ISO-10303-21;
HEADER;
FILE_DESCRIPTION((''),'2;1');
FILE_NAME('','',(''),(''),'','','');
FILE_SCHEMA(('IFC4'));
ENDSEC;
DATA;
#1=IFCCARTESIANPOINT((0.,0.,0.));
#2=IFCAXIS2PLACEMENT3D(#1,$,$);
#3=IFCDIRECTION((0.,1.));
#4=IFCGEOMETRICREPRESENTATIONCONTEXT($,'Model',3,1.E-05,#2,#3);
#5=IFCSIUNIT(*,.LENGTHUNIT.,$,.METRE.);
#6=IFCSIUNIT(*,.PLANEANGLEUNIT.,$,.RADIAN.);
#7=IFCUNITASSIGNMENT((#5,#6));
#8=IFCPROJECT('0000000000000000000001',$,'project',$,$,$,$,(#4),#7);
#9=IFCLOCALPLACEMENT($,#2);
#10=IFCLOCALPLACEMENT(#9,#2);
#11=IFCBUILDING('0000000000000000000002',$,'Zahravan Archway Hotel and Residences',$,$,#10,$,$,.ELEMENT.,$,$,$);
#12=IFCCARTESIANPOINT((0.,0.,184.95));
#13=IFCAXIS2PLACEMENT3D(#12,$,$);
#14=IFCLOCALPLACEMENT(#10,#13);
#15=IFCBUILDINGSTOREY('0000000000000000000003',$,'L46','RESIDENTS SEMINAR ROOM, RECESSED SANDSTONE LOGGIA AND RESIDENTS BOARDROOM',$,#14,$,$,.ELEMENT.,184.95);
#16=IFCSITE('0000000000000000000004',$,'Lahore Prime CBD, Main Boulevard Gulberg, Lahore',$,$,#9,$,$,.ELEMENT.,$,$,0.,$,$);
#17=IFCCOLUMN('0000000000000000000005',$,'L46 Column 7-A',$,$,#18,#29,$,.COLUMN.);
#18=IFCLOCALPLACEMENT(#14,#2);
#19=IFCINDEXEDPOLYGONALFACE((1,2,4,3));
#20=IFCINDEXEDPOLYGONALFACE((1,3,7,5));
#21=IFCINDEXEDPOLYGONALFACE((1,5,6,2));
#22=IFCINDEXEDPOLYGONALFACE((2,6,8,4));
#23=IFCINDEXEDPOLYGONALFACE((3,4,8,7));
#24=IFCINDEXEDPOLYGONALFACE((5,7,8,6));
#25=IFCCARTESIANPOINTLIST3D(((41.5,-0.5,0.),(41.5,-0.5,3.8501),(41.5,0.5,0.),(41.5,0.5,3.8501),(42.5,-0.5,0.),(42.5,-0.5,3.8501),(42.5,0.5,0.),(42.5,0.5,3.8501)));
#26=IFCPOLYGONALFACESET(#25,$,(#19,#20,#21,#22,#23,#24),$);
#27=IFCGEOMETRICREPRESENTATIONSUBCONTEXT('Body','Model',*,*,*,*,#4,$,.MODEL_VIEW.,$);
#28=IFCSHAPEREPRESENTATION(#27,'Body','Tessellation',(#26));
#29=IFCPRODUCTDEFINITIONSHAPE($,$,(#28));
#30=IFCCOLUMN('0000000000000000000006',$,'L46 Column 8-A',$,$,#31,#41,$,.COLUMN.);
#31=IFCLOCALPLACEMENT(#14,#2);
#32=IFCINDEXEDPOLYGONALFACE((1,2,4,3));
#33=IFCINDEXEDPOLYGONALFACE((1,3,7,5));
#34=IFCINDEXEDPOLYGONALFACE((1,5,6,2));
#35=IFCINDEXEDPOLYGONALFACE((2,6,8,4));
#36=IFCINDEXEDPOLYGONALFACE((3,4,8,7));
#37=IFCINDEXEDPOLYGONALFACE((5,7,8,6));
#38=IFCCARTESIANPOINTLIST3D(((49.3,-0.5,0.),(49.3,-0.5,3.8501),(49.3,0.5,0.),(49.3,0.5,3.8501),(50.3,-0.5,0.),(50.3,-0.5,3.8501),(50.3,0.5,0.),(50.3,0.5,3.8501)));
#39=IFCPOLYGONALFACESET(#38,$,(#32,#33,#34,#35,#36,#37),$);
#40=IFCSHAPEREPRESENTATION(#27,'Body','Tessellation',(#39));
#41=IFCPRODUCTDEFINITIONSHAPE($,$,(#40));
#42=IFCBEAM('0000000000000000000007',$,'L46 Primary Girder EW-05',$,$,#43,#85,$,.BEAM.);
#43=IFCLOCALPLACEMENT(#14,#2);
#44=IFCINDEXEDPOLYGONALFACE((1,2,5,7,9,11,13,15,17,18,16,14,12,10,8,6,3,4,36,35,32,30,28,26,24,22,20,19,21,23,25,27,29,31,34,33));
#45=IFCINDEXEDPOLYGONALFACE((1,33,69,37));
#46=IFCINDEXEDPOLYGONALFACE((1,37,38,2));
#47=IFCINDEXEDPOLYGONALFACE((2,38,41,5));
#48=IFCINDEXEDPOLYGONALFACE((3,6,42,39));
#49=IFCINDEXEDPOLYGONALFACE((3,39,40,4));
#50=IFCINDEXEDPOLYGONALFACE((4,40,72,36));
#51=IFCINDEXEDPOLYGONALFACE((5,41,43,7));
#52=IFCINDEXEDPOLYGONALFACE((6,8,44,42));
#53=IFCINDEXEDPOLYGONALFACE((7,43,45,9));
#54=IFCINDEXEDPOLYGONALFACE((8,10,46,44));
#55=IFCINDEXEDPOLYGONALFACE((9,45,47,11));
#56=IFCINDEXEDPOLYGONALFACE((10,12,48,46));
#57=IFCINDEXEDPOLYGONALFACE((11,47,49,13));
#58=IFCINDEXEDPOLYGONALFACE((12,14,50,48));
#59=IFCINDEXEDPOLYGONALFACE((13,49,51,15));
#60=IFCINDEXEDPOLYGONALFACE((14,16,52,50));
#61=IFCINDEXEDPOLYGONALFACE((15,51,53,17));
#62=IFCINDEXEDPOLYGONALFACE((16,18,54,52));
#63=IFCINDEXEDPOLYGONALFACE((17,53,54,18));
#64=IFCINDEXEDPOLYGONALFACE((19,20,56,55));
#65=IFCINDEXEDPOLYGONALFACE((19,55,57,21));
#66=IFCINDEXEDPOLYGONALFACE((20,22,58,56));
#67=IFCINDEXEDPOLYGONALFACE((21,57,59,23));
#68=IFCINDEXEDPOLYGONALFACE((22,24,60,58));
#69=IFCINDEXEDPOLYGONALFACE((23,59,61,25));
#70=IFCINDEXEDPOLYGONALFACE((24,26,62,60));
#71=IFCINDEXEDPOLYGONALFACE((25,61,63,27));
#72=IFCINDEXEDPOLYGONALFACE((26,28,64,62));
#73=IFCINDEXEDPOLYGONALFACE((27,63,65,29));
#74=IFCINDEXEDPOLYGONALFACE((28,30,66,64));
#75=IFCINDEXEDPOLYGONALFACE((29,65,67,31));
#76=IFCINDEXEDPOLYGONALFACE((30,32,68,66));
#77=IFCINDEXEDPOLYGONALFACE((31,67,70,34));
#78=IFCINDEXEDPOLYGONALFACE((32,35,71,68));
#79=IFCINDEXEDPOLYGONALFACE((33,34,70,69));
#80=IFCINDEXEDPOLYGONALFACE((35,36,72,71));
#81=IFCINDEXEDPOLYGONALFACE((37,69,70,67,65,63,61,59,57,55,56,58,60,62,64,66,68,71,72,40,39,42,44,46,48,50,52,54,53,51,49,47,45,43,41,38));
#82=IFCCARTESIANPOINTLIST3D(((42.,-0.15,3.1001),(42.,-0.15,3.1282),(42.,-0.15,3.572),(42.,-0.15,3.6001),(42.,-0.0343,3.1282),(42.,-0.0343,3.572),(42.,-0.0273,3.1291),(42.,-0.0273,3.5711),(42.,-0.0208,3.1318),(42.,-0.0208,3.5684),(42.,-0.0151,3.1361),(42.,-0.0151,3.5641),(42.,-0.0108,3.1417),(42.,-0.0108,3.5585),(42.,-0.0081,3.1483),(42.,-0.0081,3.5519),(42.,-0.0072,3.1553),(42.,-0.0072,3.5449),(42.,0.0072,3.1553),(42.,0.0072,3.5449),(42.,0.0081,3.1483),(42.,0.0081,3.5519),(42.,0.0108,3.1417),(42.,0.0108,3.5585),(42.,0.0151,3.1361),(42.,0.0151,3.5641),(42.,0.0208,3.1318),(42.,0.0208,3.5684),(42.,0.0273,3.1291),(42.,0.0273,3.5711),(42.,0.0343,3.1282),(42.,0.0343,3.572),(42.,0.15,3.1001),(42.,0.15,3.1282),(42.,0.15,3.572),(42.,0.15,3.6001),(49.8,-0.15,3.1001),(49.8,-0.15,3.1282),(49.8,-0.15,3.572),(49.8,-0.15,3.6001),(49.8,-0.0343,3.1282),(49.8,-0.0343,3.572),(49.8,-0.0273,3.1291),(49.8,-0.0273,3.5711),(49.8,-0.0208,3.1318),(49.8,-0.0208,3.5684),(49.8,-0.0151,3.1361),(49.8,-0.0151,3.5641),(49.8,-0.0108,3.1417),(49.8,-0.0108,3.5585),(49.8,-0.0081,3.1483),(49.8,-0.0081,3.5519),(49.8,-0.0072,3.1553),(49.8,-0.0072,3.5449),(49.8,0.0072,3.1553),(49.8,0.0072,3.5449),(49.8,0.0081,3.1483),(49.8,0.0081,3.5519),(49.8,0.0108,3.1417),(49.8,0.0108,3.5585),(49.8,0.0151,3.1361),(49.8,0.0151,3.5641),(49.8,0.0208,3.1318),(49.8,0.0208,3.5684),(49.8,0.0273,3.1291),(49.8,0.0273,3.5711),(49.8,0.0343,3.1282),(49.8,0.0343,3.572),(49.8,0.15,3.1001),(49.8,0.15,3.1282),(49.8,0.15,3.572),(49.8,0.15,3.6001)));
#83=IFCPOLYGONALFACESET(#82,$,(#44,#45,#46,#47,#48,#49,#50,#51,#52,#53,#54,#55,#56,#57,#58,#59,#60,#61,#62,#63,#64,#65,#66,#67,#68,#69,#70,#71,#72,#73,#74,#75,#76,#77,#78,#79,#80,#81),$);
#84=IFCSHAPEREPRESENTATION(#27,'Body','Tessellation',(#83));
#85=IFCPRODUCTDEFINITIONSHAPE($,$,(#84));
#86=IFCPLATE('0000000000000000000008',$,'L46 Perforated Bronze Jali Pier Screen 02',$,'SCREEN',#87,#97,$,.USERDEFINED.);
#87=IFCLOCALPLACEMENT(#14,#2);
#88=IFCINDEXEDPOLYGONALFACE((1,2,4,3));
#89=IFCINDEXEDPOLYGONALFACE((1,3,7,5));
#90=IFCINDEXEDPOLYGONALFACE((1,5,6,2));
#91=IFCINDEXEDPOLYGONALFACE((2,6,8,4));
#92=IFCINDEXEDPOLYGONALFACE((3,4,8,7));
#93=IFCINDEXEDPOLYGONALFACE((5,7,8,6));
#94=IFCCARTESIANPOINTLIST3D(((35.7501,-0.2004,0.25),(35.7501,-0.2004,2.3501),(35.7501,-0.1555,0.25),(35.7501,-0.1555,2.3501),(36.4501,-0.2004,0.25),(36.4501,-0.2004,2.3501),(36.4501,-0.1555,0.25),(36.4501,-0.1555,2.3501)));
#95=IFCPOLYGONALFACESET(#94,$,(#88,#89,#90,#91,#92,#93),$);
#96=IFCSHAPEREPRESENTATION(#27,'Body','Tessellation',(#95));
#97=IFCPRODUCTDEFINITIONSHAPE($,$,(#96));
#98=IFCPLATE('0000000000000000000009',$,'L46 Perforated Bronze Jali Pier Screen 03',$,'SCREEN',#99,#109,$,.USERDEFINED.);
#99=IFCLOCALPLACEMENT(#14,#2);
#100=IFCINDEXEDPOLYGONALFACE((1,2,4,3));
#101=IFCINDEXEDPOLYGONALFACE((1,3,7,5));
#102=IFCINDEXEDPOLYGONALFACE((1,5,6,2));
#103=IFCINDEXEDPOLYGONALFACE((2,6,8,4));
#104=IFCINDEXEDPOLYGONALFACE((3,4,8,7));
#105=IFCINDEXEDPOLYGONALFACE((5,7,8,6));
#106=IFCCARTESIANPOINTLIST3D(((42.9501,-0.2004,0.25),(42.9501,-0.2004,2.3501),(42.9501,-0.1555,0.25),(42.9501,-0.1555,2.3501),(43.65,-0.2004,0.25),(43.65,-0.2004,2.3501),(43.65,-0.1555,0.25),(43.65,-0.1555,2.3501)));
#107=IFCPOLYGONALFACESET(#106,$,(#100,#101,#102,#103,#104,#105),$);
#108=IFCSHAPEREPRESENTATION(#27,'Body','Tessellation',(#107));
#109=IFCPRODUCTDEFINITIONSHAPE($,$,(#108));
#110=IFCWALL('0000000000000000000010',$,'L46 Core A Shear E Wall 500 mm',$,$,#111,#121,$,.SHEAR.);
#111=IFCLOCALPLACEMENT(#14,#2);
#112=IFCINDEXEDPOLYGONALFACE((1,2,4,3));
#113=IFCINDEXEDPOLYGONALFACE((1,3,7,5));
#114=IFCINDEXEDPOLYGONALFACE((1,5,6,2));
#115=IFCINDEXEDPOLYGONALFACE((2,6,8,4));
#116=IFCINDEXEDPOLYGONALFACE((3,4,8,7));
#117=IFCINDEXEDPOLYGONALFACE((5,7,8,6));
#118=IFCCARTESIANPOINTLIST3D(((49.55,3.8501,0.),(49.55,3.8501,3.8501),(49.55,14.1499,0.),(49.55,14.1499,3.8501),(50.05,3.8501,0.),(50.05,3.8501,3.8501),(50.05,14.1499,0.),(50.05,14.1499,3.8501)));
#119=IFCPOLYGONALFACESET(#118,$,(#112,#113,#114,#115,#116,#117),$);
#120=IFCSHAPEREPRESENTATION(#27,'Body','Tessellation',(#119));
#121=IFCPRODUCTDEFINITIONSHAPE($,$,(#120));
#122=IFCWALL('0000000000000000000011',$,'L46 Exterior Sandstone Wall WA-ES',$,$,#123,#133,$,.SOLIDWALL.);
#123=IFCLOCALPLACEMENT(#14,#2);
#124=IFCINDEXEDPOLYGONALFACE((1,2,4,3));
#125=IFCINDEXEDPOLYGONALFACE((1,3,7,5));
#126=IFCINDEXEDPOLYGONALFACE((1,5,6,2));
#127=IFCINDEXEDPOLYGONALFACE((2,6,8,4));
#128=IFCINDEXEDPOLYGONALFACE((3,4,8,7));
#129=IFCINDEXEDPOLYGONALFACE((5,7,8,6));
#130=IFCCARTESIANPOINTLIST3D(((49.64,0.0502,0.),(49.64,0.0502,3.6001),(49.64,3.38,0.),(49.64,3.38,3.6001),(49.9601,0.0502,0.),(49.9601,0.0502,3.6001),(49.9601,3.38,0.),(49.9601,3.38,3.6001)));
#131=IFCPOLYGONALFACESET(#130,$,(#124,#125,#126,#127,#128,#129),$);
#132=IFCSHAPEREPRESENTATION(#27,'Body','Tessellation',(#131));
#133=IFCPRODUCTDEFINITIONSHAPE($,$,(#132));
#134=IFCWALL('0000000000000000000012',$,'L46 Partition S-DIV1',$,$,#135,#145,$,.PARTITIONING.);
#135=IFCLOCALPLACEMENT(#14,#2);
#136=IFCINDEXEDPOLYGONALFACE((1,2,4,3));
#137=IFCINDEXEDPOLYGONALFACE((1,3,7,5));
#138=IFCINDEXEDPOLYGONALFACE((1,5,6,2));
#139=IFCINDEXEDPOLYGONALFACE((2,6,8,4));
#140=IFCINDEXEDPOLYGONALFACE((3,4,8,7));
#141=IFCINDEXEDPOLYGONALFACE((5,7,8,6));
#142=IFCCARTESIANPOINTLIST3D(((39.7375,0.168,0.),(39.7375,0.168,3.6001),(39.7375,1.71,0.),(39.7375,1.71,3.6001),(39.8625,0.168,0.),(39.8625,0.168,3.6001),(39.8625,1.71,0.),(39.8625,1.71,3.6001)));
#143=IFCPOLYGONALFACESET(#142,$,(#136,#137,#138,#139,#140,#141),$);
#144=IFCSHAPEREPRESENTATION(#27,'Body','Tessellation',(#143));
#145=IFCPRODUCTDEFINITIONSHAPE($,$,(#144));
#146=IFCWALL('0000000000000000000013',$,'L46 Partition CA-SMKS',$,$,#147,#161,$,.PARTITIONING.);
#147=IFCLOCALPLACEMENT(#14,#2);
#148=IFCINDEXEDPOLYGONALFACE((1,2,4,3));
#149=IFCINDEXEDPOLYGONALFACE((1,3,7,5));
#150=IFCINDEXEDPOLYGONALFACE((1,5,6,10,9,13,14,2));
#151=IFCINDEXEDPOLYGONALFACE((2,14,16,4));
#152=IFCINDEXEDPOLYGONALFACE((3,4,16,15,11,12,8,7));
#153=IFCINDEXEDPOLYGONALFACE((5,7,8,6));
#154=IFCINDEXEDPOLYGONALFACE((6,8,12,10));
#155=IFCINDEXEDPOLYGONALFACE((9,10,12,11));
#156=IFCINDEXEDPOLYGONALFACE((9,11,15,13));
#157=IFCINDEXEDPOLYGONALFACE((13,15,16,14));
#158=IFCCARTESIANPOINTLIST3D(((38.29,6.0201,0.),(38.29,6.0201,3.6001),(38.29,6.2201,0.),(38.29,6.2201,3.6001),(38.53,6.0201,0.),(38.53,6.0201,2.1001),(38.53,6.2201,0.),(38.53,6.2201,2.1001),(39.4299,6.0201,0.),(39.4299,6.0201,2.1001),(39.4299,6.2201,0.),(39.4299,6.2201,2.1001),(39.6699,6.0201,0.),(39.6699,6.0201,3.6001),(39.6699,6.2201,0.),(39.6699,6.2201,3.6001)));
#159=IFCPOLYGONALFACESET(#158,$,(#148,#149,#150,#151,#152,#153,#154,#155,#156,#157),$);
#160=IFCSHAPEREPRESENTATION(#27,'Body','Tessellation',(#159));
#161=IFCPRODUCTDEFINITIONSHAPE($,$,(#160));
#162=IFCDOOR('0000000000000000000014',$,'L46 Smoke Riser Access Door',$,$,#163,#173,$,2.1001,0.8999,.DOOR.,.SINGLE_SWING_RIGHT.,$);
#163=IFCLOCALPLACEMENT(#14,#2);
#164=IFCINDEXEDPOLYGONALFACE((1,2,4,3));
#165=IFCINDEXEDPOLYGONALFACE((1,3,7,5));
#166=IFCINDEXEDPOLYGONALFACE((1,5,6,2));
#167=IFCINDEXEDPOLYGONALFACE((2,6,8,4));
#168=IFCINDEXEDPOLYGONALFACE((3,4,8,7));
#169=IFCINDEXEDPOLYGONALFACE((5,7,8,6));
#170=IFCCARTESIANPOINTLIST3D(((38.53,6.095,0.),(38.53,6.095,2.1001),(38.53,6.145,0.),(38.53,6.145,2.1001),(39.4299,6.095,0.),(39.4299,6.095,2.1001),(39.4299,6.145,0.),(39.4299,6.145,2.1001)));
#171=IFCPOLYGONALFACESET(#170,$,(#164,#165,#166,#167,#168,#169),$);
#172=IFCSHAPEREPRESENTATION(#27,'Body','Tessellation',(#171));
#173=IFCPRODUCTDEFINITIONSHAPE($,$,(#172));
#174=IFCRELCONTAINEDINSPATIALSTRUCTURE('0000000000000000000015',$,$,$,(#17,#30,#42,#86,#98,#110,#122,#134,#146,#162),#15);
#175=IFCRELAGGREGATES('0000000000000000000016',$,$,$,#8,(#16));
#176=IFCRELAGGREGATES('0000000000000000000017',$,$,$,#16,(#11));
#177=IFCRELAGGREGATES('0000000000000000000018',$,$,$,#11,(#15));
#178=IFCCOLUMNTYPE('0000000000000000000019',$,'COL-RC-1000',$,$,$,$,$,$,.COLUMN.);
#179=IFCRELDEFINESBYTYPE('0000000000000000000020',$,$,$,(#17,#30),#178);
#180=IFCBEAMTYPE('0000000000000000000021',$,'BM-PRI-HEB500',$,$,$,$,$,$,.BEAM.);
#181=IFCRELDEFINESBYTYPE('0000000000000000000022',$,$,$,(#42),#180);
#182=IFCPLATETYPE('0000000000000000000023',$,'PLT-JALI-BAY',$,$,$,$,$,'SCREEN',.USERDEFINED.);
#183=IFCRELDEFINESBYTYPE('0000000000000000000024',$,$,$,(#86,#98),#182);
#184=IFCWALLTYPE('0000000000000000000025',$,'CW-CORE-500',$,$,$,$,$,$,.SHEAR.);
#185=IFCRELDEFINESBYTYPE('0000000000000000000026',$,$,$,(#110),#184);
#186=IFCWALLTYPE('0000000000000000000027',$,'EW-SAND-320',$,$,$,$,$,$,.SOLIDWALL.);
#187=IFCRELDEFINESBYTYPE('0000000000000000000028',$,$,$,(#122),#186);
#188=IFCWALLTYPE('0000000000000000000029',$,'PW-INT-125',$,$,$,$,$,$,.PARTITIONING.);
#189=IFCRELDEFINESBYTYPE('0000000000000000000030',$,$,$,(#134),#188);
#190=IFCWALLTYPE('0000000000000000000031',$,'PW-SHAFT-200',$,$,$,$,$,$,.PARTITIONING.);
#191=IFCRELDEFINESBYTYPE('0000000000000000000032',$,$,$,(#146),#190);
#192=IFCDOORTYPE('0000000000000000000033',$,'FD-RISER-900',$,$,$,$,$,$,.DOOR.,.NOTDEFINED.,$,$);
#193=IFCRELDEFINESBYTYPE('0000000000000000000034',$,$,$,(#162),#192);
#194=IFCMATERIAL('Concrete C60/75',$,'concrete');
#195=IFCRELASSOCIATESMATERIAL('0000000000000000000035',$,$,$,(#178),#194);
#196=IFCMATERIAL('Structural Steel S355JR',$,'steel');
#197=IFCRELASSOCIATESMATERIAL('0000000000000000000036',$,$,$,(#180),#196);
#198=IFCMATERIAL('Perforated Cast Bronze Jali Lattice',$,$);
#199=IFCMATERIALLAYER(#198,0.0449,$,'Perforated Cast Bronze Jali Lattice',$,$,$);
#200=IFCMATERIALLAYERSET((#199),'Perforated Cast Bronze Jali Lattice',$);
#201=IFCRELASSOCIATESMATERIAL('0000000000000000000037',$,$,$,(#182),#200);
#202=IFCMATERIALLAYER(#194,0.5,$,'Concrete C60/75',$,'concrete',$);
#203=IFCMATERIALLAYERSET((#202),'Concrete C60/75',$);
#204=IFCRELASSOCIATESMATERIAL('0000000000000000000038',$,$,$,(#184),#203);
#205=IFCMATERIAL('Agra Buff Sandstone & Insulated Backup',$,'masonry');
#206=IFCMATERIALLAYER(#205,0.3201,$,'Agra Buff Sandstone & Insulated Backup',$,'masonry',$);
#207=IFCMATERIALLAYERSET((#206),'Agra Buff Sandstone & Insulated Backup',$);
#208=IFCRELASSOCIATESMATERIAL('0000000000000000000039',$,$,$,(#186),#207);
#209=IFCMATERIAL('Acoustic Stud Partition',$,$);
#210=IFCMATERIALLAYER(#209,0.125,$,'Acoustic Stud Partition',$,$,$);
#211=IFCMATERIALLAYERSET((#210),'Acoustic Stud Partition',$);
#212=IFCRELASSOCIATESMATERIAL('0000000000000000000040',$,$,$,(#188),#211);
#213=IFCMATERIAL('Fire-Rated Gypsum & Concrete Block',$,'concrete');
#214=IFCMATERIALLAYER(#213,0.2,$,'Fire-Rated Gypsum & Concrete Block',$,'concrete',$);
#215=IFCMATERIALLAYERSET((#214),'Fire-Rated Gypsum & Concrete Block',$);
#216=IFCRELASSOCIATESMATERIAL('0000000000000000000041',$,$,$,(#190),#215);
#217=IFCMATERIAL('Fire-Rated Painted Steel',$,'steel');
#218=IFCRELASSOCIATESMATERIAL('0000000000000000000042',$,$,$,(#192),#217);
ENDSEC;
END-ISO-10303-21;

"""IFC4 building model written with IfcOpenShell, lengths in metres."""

from ifc_helpers import new_model, si_unit, direction, frame, frame_2d, origin, origin_2d, place, context, subcontext, project, spatial, rectangle, i_section, extrude, source, transform, mapped, material, layer, layer_set, material_profile, profile_set, type_object, type_shapes, element, fill, save


model = new_model("IFC4")

# Units and contexts
model_context = context("Model", 3, precision=1e-05, world=origin(), true_north=direction((0.0, 1.0)))
body_context = subcontext(model_context, "Body", "Model", "MODEL_VIEW")
ifc_project = project(units=[si_unit("LENGTHUNIT", "METRE"), si_unit("PLANEANGLEUNIT", "RADIAN")], contexts=[model_context])

# Site, building, storey
site_placement = place(None, origin())
site = spatial("IfcSite", under=ifc_project, at=site_placement, Name="Lahore Prime CBD, Main Boulevard Gulberg, Lahore", CompositionType="ELEMENT", RefElevation=0.0)
building_placement = place(site_placement, origin())
building = spatial("IfcBuilding", under=site, at=building_placement, Name="Zahravan Archway Hotel and Residences", CompositionType="ELEMENT")
storey_placement = place(building_placement, frame((0.0, 0.0, 184.95)))
storey = spatial("IfcBuildingStorey", under=building, at=storey_placement, Name="L46", Description="RESIDENTS SEMINAR ROOM, RECESSED SANDSTONE LOGGIA AND RESIDENTS BOARDROOM", CompositionType="ELEMENT", Elevation=184.95)

# Columns
ifc_material_1 = material(Name="Concrete C60/75", Category="concrete")
ifc_material_profile_1 = material_profile(ifc_material_1, rectangle(XDim=1.0, YDim=1.0, at=origin_2d()), Name="RC-COL-1000x1000", Category="concrete")
ifc_profile_set_1 = profile_set([ifc_material_profile_1], Name="Concrete C60/75")
column_type = type_object("IfcColumnType", Name="COL-RC-1000", PredefinedType="COLUMN", material=ifc_profile_set_1)
shared_shape_1 = source(origin(), body_context, "Body", "SweptSolid", [
    extrude(rectangle(XDim=1.0, YDim=1.0, at=origin_2d()), origin(), (0.0, 0.0, 1.0), 3.8501),
])
for number, where, z_axis, x_axis, name in (
    (1, (42.0, 0.0, 0.0), (0.0, 0.0, 1.0), (1.0, 0.0, 0.0), "L46 Column 7-A"),
    (2, (49.8, 0.0, 0.0), (0.0, 0.0, 1.0), (1.0, 0.0, 0.0), "L46 Column 8-A"),
):
    element("IfcColumn", number, at=place(storey_placement, frame(where, z_axis=z_axis, x_axis=x_axis)), inside=storey, type_object=column_type, Name=name, PredefinedType="COLUMN", context=body_context, shape_type="MappedRepresentation", body=[
        mapped(shared_shape_1, transform((0.0, 0.0, 0.0), scale=1.0)),
    ])

# Beam
ifc_material_2 = material(Name="Structural Steel S355JR", Category="steel")
ifc_material_profile_2 = material_profile(ifc_material_2, i_section(OverallWidth=0.3, OverallDepth=0.5, WebThickness=0.0144, FlangeThickness=0.0281, FilletRadius=0.0271, at=origin_2d()), Name="HEB 500", Category="steel")
ifc_profile_set_2 = profile_set([ifc_material_profile_2], Name="Structural Steel S355JR")
beam_type = type_object("IfcBeamType", Name="BM-PRI-HEB500", PredefinedType="BEAM", material=ifc_profile_set_2)
shared_shape_2 = source(origin(), body_context, "Body", "SweptSolid", [
    extrude(i_section(OverallWidth=0.3, OverallDepth=0.5, WebThickness=0.0144, FlangeThickness=0.0281, FilletRadius=0.0271, at=origin_2d()), origin(), (0.0, 0.0, 1.0), 7.8),
])
beam_placement = place(storey_placement, frame((42.0, 0.0, 3.3501), z_axis=(1.0, 0.0, 0.0), x_axis=(0.0, 1.0, 0.0)))
element("IfcBeam", 3, at=beam_placement, inside=storey, type_object=beam_type, Name="L46 Primary Girder EW-05", PredefinedType="BEAM", context=body_context, shape_type="MappedRepresentation", body=[
    mapped(shared_shape_2, transform((0.0, 0.0, 0.0), scale=1.0)),
])

# Plates
ifc_material_3 = material(Name="Perforated Cast Bronze Jali Lattice")
ifc_layer_1 = layer(ifc_material_3, 0.0449, Name="Perforated Cast Bronze Jali Lattice")
ifc_layer_set_1 = layer_set([ifc_layer_1], Name="Perforated Cast Bronze Jali Lattice")
plate_type = type_object("IfcPlateType", Name="PLT-JALI-BAY", ElementType="SCREEN", PredefinedType="USERDEFINED", material=ifc_layer_set_1)
shared_shape_3 = source(origin(), body_context, "Body", "SweptSolid", [
    extrude(rectangle(XDim=0.7, YDim=0.0449, at=origin_2d()), origin(), (0.0, 0.0, 1.0), 2.1001),
])
type_shapes(plate_type, [shared_shape_3])
for number, where, z_axis, x_axis, name in (
    (4, (36.1001, -0.178, 0.25), (0.0, 0.0, 1.0), (1.0, 0.0, 0.0), "L46 Perforated Bronze Jali Pier Screen 02"),
    (5, (43.3, -0.178, 0.25), (0.0, 0.0, 1.0), (1.0, 0.0, 0.0), "L46 Perforated Bronze Jali Pier Screen 03"),
):
    element("IfcPlate", number, at=place(storey_placement, frame(where, z_axis=z_axis, x_axis=x_axis)), inside=storey, type_object=plate_type, Name=name, ObjectType="SCREEN", PredefinedType="USERDEFINED", context=body_context, shape_type="MappedRepresentation", body=[
        mapped(shared_shape_3, transform((0.0, 0.0, 0.0), scale=1.0)),
    ])

# Walls
ifc_layer_2 = layer(ifc_material_1, 0.5, Name="Concrete C60/75", Category="concrete")
ifc_layer_set_2 = layer_set([ifc_layer_2], Name="Concrete C60/75")
wall_type_1 = type_object("IfcWallType", Name="CW-CORE-500", PredefinedType="SHEAR", material=ifc_layer_set_2)
wall_1_placement = place(storey_placement, frame((49.8, 3.8501, 0.0), z_axis=(0.0, 0.0, 1.0), x_axis=(0.0, 1.0, 0.0)))
element("IfcWall", 6, at=wall_1_placement, inside=storey, type_object=wall_type_1, Name="L46 Core A Shear E Wall 500 mm", PredefinedType="SHEAR", context=body_context, shape_type="SweptSolid", body=[
    extrude(rectangle(XDim=10.2998, YDim=0.5, at=frame_2d((5.1499, 0.0))), origin(), (0.0, 0.0, 1.0), 3.8501),
])
ifc_material_4 = material(Name="Agra Buff Sandstone & Insulated Backup", Category="masonry")
ifc_layer_3 = layer(ifc_material_4, 0.3201, Name="Agra Buff Sandstone & Insulated Backup", Category="masonry")
ifc_layer_set_3 = layer_set([ifc_layer_3], Name="Agra Buff Sandstone & Insulated Backup")
wall_type_2 = type_object("IfcWallType", Name="EW-SAND-320", PredefinedType="SOLIDWALL", material=ifc_layer_set_3)
wall_2_placement = place(storey_placement, frame((49.8, 0.05, 0.0), z_axis=(0.0, 0.0, 1.0), x_axis=(0.0, 1.0, 0.0)))
element("IfcWall", 7, at=wall_2_placement, inside=storey, type_object=wall_type_2, Name="L46 Exterior Sandstone Wall WA-ES", PredefinedType="SOLIDWALL", context=body_context, shape_type="SweptSolid", body=[
    extrude(rectangle(XDim=3.3298, YDim=0.3201, at=frame_2d((1.665, 0.0))), origin(), (0.0, 0.0, 1.0), 3.6001),
])
ifc_material_5 = material(Name="Acoustic Stud Partition")
ifc_layer_4 = layer(ifc_material_5, 0.125, Name="Acoustic Stud Partition")
ifc_layer_set_4 = layer_set([ifc_layer_4], Name="Acoustic Stud Partition")
wall_type_3 = type_object("IfcWallType", Name="PW-INT-125", PredefinedType="PARTITIONING", material=ifc_layer_set_4)
wall_3_placement = place(storey_placement, frame((39.8, 0.168, 0.0), z_axis=(0.0, 0.0, 1.0), x_axis=(0.0, 1.0, 0.0)))
element("IfcWall", 8, at=wall_3_placement, inside=storey, type_object=wall_type_3, Name="L46 Partition S-DIV1", PredefinedType="PARTITIONING", context=body_context, shape_type="SweptSolid", body=[
    extrude(rectangle(XDim=1.542, YDim=0.125, at=frame_2d((0.771, 0.0))), origin(), (0.0, 0.0, 1.0), 3.6001),
])

# Wall, opening, door
ifc_material_6 = material(Name="Fire-Rated Gypsum & Concrete Block", Category="concrete")
ifc_layer_5 = layer(ifc_material_6, 0.2, Name="Fire-Rated Gypsum & Concrete Block", Category="concrete")
ifc_layer_set_5 = layer_set([ifc_layer_5], Name="Fire-Rated Gypsum & Concrete Block")
wall_type_4 = type_object("IfcWallType", Name="PW-SHAFT-200", PredefinedType="PARTITIONING", material=ifc_layer_set_5)
wall_4_placement = place(storey_placement, frame((38.29, 6.1201, 0.0), z_axis=(0.0, 0.0, 1.0), x_axis=(1.0, 0.0, 0.0)))
wall_4 = element("IfcWall", 9, at=wall_4_placement, inside=storey, type_object=wall_type_4, Name="L46 Partition CA-SMKS", PredefinedType="PARTITIONING", context=body_context, shape_type="SweptSolid", body=[
    extrude(rectangle(XDim=1.3799, YDim=0.2, at=frame_2d((0.6899, 0.0))), origin(), (0.0, 0.0, 1.0), 3.6001),
])
opening_1_placement = place(wall_4_placement, frame((0.24, 0.0, 0.0)))
opening_1 = element("IfcOpeningElement", 10, at=opening_1_placement, cuts=wall_4, PredefinedType="OPENING", context=body_context, shape_type="SweptSolid", body=[
    extrude(rectangle(XDim=0.8999, YDim=2.1001, at=frame_2d((0.45, 1.05))), frame((0.0, 0.1099, 0.0), z_axis=(0.0, -1.0, 0.0), x_axis=(1.0, 0.0, 0.0)), (0.0, 0.0, 1.0), 0.22),
])
ifc_material_7 = material(Name="Fire-Rated Painted Steel", Category="steel")
door_type = type_object("IfcDoorType", Name="FD-RISER-900", OperationType="NOTDEFINED", PredefinedType="DOOR", material=ifc_material_7)
shared_shape_4 = source(origin(), body_context, "Body", "SweptSolid", [
    extrude(rectangle(XDim=0.8999, YDim=2.1001, at=frame_2d((0.45, 1.05))), frame((0.0, 0.0249, 0.0), z_axis=(0.0, -1.0, 0.0), x_axis=(1.0, 0.0, 0.0)), (0.0, 0.0, 1.0), 0.05),
])
type_shapes(door_type, [shared_shape_4])
door_1_placement = place(opening_1_placement, origin())
door_1 = element("IfcDoor", 11, at=door_1_placement, inside=storey, type_object=door_type, Name="L46 Smoke Riser Access Door", OperationType="SINGLE_SWING_RIGHT", OverallHeight=2.1001, OverallWidth=0.8999, PredefinedType="DOOR", context=body_context, shape_type="MappedRepresentation", body=[
    mapped(shared_shape_4, transform((0.0, 0.0, 0.0), scale=1.0)),
])
fill(opening_1, door_1)

save(model, "model.ifc")
